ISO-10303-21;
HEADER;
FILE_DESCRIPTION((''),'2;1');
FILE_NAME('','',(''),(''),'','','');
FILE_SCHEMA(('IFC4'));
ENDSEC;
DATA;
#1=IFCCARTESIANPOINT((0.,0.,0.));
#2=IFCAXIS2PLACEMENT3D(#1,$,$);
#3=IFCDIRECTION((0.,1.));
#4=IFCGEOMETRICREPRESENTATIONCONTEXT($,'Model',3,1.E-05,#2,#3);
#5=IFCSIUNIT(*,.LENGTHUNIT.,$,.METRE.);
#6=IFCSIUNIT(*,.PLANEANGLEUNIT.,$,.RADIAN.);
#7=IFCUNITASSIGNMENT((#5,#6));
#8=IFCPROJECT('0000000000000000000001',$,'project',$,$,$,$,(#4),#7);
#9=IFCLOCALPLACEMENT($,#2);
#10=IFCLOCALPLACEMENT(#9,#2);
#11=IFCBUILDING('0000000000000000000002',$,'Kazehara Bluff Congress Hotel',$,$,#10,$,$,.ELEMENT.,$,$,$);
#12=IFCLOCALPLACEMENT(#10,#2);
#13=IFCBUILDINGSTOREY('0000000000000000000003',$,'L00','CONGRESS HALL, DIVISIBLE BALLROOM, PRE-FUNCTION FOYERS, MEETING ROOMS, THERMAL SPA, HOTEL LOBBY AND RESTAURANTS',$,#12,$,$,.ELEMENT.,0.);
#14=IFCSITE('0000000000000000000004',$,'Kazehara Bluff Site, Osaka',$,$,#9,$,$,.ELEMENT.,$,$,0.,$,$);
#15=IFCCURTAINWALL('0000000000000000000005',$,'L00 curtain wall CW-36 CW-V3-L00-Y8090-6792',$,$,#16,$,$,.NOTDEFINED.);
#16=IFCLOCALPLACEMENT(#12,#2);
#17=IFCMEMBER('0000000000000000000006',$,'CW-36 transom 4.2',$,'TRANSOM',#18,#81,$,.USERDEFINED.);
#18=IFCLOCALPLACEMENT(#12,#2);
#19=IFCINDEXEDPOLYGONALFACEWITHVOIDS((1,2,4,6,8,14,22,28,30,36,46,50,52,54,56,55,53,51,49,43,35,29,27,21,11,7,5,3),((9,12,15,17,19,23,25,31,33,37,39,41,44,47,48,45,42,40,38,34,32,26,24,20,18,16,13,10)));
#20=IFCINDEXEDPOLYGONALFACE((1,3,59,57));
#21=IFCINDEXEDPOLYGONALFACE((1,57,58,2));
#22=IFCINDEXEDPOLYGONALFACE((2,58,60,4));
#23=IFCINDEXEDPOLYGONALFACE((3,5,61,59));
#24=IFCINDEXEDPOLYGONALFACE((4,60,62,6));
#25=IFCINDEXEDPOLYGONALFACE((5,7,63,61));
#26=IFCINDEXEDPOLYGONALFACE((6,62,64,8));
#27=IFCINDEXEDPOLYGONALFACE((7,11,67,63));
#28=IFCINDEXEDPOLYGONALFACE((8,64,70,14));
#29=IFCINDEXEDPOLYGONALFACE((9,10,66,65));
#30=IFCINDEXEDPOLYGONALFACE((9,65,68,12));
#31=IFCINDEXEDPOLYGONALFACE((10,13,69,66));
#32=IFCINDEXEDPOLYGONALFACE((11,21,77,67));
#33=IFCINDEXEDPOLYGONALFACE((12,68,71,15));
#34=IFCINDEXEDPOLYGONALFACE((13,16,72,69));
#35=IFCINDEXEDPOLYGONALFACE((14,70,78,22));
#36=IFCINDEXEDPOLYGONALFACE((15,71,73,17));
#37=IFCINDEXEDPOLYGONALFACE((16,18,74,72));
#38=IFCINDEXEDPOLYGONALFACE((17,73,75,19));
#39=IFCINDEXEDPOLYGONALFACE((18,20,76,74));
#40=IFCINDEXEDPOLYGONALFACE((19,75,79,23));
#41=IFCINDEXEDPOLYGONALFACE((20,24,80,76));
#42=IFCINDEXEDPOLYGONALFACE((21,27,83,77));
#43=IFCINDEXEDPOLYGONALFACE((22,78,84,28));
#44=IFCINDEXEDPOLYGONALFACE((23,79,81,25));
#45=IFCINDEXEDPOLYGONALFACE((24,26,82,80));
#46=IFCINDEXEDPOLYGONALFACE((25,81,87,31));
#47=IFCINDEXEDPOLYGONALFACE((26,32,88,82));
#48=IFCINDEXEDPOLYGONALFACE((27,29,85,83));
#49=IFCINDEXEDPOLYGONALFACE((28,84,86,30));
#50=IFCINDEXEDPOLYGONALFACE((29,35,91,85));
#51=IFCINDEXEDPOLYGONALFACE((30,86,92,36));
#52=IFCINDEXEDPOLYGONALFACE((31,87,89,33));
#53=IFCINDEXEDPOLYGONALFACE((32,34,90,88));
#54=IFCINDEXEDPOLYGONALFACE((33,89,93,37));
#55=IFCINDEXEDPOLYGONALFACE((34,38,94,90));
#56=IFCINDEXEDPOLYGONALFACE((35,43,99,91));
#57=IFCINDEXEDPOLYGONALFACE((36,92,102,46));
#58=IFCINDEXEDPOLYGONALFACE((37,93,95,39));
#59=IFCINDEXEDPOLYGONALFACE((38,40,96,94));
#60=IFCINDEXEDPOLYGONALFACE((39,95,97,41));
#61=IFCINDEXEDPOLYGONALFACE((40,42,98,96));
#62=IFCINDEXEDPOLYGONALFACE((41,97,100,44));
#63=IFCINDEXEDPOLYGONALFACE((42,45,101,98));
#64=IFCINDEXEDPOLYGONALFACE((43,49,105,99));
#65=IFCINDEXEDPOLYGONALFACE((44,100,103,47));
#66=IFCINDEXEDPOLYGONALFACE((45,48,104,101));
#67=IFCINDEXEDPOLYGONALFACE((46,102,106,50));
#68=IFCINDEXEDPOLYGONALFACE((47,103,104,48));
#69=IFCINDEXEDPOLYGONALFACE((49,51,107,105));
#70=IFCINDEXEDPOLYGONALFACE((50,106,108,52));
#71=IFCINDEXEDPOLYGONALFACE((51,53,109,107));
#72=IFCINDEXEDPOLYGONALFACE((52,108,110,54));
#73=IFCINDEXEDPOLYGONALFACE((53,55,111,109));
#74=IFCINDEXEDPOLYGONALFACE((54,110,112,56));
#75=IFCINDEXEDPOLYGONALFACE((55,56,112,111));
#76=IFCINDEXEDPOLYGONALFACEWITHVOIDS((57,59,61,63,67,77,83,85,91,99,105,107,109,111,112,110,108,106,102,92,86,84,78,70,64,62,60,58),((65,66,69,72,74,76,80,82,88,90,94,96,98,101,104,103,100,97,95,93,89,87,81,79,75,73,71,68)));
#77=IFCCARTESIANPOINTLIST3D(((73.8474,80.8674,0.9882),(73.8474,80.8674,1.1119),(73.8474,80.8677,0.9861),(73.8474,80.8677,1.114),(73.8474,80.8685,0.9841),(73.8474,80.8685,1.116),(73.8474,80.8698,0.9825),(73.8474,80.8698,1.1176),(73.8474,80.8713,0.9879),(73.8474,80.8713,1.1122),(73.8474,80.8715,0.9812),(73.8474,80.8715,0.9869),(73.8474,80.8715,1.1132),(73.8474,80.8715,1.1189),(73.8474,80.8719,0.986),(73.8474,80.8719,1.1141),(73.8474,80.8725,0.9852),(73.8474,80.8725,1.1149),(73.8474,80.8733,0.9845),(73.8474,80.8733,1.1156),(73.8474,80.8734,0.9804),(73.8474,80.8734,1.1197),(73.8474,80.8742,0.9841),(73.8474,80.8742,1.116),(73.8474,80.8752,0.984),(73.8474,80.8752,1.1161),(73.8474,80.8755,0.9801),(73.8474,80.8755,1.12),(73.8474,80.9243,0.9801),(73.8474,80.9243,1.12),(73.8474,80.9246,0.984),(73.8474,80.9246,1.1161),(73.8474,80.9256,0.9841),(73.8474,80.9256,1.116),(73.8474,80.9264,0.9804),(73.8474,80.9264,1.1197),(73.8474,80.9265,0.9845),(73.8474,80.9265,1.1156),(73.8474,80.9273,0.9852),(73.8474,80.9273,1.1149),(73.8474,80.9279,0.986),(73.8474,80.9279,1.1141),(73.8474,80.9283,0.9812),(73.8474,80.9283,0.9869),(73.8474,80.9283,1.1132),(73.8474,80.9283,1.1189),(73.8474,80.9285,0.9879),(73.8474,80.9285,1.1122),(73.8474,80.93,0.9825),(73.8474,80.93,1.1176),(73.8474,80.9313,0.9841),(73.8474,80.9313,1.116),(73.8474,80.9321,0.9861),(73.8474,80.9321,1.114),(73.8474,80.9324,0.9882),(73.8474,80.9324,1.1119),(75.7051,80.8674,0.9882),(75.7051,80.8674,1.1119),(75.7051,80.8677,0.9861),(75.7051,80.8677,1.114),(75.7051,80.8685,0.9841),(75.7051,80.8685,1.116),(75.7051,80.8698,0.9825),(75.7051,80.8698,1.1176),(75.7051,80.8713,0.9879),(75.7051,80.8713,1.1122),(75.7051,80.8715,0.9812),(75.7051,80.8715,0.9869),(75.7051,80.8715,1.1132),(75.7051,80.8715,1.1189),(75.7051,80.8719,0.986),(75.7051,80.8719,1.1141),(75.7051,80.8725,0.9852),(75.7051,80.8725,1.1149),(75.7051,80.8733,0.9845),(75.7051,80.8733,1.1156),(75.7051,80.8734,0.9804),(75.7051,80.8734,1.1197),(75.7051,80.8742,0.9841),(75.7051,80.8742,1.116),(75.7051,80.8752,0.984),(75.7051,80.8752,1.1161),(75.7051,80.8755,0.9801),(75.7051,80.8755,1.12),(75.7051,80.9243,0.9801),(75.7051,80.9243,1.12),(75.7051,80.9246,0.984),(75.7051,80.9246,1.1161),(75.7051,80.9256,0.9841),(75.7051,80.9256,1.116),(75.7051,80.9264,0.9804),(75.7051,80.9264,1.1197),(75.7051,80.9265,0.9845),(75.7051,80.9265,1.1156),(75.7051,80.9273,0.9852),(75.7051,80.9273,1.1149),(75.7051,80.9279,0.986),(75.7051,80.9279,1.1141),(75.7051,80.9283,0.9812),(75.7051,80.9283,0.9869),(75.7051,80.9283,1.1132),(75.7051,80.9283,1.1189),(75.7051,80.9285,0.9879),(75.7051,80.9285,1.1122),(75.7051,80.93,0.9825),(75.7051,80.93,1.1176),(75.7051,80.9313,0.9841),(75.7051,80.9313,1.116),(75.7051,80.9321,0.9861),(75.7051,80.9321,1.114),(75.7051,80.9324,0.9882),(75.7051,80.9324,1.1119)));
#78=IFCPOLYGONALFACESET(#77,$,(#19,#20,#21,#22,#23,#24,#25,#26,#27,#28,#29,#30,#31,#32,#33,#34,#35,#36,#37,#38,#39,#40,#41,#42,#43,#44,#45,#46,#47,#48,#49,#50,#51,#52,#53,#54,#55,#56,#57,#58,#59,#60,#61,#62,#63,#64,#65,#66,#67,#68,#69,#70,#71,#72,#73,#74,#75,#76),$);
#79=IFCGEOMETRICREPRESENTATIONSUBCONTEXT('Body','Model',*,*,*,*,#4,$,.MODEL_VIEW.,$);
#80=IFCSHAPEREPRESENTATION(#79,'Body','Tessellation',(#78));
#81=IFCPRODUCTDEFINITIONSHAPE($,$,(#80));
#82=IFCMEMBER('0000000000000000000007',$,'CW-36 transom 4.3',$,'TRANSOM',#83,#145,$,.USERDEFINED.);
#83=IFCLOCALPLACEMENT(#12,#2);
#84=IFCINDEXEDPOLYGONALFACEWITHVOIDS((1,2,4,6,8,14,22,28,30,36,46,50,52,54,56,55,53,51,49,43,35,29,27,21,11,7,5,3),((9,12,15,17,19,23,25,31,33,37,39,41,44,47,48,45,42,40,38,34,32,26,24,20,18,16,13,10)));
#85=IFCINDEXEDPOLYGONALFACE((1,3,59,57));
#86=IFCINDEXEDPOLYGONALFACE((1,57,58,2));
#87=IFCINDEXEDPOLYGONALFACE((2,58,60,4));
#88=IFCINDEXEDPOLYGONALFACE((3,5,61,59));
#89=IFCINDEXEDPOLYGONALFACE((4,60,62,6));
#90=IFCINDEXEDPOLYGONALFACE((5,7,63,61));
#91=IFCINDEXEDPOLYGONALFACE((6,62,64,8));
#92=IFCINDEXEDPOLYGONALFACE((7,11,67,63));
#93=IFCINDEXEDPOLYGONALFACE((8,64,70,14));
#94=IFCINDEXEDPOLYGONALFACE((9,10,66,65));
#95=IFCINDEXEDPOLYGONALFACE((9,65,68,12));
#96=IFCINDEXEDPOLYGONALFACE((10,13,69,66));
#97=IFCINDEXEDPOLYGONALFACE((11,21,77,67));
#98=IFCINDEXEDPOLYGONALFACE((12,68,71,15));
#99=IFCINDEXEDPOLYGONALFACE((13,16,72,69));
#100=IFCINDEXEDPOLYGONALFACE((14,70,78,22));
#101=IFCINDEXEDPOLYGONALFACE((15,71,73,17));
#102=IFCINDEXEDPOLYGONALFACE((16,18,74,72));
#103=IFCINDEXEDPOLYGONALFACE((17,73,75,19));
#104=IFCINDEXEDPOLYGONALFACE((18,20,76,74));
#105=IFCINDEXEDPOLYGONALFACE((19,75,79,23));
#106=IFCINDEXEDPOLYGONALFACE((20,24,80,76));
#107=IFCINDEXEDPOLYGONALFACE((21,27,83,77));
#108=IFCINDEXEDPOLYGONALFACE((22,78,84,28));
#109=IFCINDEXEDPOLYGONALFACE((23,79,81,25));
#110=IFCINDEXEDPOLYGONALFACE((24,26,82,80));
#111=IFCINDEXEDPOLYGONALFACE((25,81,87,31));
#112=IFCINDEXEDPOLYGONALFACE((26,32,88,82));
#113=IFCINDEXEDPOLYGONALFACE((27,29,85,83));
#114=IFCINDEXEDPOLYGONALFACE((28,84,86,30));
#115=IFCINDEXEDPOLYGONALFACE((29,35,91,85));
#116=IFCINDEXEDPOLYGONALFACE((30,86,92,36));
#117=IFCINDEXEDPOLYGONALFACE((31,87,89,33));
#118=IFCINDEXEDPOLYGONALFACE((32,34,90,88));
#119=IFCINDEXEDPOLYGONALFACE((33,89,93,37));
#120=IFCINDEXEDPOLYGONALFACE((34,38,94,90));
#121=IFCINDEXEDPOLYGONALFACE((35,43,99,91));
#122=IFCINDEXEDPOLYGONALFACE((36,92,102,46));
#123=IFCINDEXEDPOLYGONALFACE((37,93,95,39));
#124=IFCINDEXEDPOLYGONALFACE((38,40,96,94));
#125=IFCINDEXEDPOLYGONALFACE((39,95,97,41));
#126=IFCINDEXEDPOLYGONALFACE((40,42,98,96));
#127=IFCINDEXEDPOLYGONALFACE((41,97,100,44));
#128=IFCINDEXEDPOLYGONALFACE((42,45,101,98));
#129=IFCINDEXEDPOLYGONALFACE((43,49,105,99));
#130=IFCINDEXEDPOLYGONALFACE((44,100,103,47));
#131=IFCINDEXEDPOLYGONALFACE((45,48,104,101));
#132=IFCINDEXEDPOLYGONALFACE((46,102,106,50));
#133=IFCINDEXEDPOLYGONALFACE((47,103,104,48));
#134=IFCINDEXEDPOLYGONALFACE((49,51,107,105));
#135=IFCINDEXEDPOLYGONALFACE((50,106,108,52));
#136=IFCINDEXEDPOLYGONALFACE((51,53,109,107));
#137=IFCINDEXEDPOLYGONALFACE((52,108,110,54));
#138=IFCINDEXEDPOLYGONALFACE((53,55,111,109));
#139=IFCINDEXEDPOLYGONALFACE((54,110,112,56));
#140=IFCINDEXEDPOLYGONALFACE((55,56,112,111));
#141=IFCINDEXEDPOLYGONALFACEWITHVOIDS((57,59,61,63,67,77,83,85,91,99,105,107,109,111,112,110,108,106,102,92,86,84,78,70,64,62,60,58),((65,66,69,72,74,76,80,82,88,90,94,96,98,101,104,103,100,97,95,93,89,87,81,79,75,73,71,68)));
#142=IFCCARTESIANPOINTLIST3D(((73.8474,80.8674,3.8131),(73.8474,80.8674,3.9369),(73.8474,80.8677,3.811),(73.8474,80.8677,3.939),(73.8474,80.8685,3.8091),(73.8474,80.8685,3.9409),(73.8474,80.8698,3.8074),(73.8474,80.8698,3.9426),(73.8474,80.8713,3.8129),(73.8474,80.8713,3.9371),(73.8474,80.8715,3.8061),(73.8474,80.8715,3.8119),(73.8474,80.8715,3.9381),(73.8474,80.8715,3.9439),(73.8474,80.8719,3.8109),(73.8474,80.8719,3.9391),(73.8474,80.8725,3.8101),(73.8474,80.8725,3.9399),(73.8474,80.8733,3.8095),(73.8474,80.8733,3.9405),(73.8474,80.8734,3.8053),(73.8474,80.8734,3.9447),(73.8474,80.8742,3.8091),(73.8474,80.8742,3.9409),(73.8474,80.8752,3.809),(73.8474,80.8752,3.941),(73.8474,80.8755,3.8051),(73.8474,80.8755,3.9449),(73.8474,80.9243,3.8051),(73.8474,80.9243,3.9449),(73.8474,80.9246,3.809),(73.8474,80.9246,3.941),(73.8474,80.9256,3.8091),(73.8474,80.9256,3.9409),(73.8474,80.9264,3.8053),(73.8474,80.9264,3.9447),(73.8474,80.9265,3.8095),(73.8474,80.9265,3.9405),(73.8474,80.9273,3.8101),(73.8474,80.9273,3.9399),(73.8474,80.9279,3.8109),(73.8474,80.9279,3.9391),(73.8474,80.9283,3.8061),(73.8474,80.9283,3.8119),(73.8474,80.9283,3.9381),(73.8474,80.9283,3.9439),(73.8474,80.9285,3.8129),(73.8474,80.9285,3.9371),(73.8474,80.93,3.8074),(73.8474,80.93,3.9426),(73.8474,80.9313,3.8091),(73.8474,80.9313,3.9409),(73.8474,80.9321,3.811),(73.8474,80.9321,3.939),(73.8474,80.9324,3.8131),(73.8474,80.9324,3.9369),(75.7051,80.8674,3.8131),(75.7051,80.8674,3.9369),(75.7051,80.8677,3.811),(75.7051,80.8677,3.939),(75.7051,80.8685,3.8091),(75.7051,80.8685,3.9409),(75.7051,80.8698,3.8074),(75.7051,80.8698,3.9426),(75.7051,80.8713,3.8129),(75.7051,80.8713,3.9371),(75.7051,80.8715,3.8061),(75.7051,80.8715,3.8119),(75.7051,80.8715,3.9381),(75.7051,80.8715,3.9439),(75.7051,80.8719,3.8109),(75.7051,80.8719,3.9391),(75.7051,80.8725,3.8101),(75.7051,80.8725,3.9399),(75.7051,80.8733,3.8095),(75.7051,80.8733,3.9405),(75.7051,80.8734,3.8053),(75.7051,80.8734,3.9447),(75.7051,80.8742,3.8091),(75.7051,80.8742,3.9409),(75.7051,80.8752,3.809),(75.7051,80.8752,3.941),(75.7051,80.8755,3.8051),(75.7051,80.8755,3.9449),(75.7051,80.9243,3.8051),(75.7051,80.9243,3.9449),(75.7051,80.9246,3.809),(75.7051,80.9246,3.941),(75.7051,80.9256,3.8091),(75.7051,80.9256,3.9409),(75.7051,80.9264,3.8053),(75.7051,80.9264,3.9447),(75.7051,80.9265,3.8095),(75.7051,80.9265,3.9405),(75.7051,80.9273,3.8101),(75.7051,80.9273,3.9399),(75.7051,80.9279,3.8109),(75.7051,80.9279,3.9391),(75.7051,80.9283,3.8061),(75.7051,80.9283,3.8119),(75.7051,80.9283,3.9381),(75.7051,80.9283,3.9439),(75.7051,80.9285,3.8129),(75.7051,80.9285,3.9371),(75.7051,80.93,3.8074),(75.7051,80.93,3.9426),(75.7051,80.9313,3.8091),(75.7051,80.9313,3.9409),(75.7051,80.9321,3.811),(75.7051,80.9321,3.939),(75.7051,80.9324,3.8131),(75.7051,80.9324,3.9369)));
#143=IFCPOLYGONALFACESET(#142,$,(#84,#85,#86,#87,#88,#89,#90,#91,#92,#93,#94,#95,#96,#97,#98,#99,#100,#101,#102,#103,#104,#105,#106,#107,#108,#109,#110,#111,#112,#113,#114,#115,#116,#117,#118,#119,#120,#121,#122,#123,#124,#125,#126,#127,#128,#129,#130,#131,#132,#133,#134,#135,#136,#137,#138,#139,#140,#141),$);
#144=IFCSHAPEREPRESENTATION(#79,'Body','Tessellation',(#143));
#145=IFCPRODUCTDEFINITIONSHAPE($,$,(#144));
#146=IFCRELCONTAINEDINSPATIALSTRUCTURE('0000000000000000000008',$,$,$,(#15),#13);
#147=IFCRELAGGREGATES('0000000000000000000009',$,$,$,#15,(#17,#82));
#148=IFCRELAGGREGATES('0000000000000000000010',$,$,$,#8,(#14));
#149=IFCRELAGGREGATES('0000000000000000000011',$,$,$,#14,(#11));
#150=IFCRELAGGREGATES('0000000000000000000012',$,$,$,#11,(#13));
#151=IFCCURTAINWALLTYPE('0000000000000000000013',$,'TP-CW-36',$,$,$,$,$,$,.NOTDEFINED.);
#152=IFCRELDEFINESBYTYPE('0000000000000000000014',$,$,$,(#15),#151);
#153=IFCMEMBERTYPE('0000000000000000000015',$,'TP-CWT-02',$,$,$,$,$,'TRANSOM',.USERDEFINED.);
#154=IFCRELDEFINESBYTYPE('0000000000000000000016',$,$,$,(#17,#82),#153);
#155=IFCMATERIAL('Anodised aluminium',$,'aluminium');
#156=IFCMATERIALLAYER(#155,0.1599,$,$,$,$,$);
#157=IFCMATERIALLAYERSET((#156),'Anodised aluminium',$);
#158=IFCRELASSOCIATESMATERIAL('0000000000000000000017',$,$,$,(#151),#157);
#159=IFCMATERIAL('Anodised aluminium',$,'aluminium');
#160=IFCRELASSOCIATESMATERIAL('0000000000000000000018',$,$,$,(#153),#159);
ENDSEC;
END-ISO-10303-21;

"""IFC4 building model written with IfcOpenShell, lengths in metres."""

from ifc_helpers import new_model, si_unit, direction, frame, origin, origin_2d, place, context, subcontext, project, spatial, hollow_rectangle, extrude, material, layer, layer_set, material_profile, profile_set, type_object, element, aggregate, save


model = new_model("IFC4")

# Units and contexts
model_context = context("Model", 3, precision=1e-05, world=origin(), true_north=direction((0.0, 1.0)))
body_context = subcontext(model_context, "Body", "Model", "MODEL_VIEW")
ifc_project = project(units=[si_unit("LENGTHUNIT", "METRE"), si_unit("PLANEANGLEUNIT", "RADIAN")], contexts=[model_context])

# Site, building, storey
site_placement = place(None, origin())
site = spatial("IfcSite", under=ifc_project, at=site_placement, Name="Kazehara Bluff Site, Osaka", CompositionType="ELEMENT", RefElevation=0.0)
building_placement = place(site_placement, origin())
building = spatial("IfcBuilding", under=site, at=building_placement, Name="Kazehara Bluff Congress Hotel", CompositionType="ELEMENT")
storey_placement = place(building_placement, origin())
storey = spatial("IfcBuildingStorey", under=building, at=storey_placement, Name="L00", Description="CONGRESS HALL, DIVISIBLE BALLROOM, PRE-FUNCTION FOYERS, MEETING ROOMS, THERMAL SPA, HOTEL LOBBY AND RESTAURANTS", CompositionType="ELEMENT", Elevation=0.0)

# Curtain wall
ifc_material_1 = material(Name="Anodised aluminium", Category="aluminium")
ifc_layer_1 = layer(ifc_material_1, 0.1599)
ifc_layer_set_1 = layer_set([ifc_layer_1], Name="Anodised aluminium")
curtain_wall_type = type_object("IfcCurtainWallType", Name="TP-CW-36", PredefinedType="NOTDEFINED", material=ifc_layer_set_1)
curtain_wall_1_placement = place(storey_placement, origin())
curtain_wall_1 = element("IfcCurtainWall", 1, at=curtain_wall_1_placement, inside=storey, type_object=curtain_wall_type, Name="L00 curtain wall CW-36 CW-V3-L00-Y8090-6792", PredefinedType="NOTDEFINED")

# Members
ifc_material_2 = material(Name="Anodised aluminium", Category="aluminium")
ifc_material_profile_1 = material_profile(ifc_material_2, hollow_rectangle(XDim=0.0649, YDim=0.1399, WallThickness=0.0039, InnerFilletRadius=0.0039, OuterFilletRadius=0.0081, at=origin_2d()))
ifc_profile_set_1 = profile_set([ifc_material_profile_1], Name="Anodised aluminium")
member_type_1 = type_object("IfcMemberType", Name="TP-CWT-02", ElementType="TRANSOM", PredefinedType="USERDEFINED", material=ifc_profile_set_1)
member_1_placement = place(storey_placement, frame((73.8474, 80.8999, 1.05), z_axis=(1.0, 0.0, 0.0), x_axis=(0.0, 1.0, 0.0)))
member_1 = element("IfcMember", 2, at=member_1_placement, type_object=member_type_1, Name="CW-36 transom 4.2", ObjectType="TRANSOM", PredefinedType="USERDEFINED", context=body_context, shape_type="SweptSolid", body=[
    extrude(hollow_rectangle(XDim=0.0649, YDim=0.1399, WallThickness=0.0039, InnerFilletRadius=0.0039, OuterFilletRadius=0.0081, at=origin_2d()), origin(), (0.0, 0.0, 1.0), 1.8577),
])
member_2_placement = place(storey_placement, frame((73.8474, 80.8999, 3.875), z_axis=(1.0, 0.0, 0.0), x_axis=(0.0, 1.0, 0.0)))
member_2 = element("IfcMember", 3, at=member_2_placement, type_object=member_type_1, Name="CW-36 transom 4.3", ObjectType="TRANSOM", PredefinedType="USERDEFINED", context=body_context, shape_type="SweptSolid", body=[
    extrude(hollow_rectangle(XDim=0.0649, YDim=0.1399, WallThickness=0.0039, InnerFilletRadius=0.0039, OuterFilletRadius=0.0081, at=origin_2d()), origin(), (0.0, 0.0, 1.0), 1.8577),
])

aggregate(curtain_wall_1, [member_1, member_2])

save(model, "model.ifc")
